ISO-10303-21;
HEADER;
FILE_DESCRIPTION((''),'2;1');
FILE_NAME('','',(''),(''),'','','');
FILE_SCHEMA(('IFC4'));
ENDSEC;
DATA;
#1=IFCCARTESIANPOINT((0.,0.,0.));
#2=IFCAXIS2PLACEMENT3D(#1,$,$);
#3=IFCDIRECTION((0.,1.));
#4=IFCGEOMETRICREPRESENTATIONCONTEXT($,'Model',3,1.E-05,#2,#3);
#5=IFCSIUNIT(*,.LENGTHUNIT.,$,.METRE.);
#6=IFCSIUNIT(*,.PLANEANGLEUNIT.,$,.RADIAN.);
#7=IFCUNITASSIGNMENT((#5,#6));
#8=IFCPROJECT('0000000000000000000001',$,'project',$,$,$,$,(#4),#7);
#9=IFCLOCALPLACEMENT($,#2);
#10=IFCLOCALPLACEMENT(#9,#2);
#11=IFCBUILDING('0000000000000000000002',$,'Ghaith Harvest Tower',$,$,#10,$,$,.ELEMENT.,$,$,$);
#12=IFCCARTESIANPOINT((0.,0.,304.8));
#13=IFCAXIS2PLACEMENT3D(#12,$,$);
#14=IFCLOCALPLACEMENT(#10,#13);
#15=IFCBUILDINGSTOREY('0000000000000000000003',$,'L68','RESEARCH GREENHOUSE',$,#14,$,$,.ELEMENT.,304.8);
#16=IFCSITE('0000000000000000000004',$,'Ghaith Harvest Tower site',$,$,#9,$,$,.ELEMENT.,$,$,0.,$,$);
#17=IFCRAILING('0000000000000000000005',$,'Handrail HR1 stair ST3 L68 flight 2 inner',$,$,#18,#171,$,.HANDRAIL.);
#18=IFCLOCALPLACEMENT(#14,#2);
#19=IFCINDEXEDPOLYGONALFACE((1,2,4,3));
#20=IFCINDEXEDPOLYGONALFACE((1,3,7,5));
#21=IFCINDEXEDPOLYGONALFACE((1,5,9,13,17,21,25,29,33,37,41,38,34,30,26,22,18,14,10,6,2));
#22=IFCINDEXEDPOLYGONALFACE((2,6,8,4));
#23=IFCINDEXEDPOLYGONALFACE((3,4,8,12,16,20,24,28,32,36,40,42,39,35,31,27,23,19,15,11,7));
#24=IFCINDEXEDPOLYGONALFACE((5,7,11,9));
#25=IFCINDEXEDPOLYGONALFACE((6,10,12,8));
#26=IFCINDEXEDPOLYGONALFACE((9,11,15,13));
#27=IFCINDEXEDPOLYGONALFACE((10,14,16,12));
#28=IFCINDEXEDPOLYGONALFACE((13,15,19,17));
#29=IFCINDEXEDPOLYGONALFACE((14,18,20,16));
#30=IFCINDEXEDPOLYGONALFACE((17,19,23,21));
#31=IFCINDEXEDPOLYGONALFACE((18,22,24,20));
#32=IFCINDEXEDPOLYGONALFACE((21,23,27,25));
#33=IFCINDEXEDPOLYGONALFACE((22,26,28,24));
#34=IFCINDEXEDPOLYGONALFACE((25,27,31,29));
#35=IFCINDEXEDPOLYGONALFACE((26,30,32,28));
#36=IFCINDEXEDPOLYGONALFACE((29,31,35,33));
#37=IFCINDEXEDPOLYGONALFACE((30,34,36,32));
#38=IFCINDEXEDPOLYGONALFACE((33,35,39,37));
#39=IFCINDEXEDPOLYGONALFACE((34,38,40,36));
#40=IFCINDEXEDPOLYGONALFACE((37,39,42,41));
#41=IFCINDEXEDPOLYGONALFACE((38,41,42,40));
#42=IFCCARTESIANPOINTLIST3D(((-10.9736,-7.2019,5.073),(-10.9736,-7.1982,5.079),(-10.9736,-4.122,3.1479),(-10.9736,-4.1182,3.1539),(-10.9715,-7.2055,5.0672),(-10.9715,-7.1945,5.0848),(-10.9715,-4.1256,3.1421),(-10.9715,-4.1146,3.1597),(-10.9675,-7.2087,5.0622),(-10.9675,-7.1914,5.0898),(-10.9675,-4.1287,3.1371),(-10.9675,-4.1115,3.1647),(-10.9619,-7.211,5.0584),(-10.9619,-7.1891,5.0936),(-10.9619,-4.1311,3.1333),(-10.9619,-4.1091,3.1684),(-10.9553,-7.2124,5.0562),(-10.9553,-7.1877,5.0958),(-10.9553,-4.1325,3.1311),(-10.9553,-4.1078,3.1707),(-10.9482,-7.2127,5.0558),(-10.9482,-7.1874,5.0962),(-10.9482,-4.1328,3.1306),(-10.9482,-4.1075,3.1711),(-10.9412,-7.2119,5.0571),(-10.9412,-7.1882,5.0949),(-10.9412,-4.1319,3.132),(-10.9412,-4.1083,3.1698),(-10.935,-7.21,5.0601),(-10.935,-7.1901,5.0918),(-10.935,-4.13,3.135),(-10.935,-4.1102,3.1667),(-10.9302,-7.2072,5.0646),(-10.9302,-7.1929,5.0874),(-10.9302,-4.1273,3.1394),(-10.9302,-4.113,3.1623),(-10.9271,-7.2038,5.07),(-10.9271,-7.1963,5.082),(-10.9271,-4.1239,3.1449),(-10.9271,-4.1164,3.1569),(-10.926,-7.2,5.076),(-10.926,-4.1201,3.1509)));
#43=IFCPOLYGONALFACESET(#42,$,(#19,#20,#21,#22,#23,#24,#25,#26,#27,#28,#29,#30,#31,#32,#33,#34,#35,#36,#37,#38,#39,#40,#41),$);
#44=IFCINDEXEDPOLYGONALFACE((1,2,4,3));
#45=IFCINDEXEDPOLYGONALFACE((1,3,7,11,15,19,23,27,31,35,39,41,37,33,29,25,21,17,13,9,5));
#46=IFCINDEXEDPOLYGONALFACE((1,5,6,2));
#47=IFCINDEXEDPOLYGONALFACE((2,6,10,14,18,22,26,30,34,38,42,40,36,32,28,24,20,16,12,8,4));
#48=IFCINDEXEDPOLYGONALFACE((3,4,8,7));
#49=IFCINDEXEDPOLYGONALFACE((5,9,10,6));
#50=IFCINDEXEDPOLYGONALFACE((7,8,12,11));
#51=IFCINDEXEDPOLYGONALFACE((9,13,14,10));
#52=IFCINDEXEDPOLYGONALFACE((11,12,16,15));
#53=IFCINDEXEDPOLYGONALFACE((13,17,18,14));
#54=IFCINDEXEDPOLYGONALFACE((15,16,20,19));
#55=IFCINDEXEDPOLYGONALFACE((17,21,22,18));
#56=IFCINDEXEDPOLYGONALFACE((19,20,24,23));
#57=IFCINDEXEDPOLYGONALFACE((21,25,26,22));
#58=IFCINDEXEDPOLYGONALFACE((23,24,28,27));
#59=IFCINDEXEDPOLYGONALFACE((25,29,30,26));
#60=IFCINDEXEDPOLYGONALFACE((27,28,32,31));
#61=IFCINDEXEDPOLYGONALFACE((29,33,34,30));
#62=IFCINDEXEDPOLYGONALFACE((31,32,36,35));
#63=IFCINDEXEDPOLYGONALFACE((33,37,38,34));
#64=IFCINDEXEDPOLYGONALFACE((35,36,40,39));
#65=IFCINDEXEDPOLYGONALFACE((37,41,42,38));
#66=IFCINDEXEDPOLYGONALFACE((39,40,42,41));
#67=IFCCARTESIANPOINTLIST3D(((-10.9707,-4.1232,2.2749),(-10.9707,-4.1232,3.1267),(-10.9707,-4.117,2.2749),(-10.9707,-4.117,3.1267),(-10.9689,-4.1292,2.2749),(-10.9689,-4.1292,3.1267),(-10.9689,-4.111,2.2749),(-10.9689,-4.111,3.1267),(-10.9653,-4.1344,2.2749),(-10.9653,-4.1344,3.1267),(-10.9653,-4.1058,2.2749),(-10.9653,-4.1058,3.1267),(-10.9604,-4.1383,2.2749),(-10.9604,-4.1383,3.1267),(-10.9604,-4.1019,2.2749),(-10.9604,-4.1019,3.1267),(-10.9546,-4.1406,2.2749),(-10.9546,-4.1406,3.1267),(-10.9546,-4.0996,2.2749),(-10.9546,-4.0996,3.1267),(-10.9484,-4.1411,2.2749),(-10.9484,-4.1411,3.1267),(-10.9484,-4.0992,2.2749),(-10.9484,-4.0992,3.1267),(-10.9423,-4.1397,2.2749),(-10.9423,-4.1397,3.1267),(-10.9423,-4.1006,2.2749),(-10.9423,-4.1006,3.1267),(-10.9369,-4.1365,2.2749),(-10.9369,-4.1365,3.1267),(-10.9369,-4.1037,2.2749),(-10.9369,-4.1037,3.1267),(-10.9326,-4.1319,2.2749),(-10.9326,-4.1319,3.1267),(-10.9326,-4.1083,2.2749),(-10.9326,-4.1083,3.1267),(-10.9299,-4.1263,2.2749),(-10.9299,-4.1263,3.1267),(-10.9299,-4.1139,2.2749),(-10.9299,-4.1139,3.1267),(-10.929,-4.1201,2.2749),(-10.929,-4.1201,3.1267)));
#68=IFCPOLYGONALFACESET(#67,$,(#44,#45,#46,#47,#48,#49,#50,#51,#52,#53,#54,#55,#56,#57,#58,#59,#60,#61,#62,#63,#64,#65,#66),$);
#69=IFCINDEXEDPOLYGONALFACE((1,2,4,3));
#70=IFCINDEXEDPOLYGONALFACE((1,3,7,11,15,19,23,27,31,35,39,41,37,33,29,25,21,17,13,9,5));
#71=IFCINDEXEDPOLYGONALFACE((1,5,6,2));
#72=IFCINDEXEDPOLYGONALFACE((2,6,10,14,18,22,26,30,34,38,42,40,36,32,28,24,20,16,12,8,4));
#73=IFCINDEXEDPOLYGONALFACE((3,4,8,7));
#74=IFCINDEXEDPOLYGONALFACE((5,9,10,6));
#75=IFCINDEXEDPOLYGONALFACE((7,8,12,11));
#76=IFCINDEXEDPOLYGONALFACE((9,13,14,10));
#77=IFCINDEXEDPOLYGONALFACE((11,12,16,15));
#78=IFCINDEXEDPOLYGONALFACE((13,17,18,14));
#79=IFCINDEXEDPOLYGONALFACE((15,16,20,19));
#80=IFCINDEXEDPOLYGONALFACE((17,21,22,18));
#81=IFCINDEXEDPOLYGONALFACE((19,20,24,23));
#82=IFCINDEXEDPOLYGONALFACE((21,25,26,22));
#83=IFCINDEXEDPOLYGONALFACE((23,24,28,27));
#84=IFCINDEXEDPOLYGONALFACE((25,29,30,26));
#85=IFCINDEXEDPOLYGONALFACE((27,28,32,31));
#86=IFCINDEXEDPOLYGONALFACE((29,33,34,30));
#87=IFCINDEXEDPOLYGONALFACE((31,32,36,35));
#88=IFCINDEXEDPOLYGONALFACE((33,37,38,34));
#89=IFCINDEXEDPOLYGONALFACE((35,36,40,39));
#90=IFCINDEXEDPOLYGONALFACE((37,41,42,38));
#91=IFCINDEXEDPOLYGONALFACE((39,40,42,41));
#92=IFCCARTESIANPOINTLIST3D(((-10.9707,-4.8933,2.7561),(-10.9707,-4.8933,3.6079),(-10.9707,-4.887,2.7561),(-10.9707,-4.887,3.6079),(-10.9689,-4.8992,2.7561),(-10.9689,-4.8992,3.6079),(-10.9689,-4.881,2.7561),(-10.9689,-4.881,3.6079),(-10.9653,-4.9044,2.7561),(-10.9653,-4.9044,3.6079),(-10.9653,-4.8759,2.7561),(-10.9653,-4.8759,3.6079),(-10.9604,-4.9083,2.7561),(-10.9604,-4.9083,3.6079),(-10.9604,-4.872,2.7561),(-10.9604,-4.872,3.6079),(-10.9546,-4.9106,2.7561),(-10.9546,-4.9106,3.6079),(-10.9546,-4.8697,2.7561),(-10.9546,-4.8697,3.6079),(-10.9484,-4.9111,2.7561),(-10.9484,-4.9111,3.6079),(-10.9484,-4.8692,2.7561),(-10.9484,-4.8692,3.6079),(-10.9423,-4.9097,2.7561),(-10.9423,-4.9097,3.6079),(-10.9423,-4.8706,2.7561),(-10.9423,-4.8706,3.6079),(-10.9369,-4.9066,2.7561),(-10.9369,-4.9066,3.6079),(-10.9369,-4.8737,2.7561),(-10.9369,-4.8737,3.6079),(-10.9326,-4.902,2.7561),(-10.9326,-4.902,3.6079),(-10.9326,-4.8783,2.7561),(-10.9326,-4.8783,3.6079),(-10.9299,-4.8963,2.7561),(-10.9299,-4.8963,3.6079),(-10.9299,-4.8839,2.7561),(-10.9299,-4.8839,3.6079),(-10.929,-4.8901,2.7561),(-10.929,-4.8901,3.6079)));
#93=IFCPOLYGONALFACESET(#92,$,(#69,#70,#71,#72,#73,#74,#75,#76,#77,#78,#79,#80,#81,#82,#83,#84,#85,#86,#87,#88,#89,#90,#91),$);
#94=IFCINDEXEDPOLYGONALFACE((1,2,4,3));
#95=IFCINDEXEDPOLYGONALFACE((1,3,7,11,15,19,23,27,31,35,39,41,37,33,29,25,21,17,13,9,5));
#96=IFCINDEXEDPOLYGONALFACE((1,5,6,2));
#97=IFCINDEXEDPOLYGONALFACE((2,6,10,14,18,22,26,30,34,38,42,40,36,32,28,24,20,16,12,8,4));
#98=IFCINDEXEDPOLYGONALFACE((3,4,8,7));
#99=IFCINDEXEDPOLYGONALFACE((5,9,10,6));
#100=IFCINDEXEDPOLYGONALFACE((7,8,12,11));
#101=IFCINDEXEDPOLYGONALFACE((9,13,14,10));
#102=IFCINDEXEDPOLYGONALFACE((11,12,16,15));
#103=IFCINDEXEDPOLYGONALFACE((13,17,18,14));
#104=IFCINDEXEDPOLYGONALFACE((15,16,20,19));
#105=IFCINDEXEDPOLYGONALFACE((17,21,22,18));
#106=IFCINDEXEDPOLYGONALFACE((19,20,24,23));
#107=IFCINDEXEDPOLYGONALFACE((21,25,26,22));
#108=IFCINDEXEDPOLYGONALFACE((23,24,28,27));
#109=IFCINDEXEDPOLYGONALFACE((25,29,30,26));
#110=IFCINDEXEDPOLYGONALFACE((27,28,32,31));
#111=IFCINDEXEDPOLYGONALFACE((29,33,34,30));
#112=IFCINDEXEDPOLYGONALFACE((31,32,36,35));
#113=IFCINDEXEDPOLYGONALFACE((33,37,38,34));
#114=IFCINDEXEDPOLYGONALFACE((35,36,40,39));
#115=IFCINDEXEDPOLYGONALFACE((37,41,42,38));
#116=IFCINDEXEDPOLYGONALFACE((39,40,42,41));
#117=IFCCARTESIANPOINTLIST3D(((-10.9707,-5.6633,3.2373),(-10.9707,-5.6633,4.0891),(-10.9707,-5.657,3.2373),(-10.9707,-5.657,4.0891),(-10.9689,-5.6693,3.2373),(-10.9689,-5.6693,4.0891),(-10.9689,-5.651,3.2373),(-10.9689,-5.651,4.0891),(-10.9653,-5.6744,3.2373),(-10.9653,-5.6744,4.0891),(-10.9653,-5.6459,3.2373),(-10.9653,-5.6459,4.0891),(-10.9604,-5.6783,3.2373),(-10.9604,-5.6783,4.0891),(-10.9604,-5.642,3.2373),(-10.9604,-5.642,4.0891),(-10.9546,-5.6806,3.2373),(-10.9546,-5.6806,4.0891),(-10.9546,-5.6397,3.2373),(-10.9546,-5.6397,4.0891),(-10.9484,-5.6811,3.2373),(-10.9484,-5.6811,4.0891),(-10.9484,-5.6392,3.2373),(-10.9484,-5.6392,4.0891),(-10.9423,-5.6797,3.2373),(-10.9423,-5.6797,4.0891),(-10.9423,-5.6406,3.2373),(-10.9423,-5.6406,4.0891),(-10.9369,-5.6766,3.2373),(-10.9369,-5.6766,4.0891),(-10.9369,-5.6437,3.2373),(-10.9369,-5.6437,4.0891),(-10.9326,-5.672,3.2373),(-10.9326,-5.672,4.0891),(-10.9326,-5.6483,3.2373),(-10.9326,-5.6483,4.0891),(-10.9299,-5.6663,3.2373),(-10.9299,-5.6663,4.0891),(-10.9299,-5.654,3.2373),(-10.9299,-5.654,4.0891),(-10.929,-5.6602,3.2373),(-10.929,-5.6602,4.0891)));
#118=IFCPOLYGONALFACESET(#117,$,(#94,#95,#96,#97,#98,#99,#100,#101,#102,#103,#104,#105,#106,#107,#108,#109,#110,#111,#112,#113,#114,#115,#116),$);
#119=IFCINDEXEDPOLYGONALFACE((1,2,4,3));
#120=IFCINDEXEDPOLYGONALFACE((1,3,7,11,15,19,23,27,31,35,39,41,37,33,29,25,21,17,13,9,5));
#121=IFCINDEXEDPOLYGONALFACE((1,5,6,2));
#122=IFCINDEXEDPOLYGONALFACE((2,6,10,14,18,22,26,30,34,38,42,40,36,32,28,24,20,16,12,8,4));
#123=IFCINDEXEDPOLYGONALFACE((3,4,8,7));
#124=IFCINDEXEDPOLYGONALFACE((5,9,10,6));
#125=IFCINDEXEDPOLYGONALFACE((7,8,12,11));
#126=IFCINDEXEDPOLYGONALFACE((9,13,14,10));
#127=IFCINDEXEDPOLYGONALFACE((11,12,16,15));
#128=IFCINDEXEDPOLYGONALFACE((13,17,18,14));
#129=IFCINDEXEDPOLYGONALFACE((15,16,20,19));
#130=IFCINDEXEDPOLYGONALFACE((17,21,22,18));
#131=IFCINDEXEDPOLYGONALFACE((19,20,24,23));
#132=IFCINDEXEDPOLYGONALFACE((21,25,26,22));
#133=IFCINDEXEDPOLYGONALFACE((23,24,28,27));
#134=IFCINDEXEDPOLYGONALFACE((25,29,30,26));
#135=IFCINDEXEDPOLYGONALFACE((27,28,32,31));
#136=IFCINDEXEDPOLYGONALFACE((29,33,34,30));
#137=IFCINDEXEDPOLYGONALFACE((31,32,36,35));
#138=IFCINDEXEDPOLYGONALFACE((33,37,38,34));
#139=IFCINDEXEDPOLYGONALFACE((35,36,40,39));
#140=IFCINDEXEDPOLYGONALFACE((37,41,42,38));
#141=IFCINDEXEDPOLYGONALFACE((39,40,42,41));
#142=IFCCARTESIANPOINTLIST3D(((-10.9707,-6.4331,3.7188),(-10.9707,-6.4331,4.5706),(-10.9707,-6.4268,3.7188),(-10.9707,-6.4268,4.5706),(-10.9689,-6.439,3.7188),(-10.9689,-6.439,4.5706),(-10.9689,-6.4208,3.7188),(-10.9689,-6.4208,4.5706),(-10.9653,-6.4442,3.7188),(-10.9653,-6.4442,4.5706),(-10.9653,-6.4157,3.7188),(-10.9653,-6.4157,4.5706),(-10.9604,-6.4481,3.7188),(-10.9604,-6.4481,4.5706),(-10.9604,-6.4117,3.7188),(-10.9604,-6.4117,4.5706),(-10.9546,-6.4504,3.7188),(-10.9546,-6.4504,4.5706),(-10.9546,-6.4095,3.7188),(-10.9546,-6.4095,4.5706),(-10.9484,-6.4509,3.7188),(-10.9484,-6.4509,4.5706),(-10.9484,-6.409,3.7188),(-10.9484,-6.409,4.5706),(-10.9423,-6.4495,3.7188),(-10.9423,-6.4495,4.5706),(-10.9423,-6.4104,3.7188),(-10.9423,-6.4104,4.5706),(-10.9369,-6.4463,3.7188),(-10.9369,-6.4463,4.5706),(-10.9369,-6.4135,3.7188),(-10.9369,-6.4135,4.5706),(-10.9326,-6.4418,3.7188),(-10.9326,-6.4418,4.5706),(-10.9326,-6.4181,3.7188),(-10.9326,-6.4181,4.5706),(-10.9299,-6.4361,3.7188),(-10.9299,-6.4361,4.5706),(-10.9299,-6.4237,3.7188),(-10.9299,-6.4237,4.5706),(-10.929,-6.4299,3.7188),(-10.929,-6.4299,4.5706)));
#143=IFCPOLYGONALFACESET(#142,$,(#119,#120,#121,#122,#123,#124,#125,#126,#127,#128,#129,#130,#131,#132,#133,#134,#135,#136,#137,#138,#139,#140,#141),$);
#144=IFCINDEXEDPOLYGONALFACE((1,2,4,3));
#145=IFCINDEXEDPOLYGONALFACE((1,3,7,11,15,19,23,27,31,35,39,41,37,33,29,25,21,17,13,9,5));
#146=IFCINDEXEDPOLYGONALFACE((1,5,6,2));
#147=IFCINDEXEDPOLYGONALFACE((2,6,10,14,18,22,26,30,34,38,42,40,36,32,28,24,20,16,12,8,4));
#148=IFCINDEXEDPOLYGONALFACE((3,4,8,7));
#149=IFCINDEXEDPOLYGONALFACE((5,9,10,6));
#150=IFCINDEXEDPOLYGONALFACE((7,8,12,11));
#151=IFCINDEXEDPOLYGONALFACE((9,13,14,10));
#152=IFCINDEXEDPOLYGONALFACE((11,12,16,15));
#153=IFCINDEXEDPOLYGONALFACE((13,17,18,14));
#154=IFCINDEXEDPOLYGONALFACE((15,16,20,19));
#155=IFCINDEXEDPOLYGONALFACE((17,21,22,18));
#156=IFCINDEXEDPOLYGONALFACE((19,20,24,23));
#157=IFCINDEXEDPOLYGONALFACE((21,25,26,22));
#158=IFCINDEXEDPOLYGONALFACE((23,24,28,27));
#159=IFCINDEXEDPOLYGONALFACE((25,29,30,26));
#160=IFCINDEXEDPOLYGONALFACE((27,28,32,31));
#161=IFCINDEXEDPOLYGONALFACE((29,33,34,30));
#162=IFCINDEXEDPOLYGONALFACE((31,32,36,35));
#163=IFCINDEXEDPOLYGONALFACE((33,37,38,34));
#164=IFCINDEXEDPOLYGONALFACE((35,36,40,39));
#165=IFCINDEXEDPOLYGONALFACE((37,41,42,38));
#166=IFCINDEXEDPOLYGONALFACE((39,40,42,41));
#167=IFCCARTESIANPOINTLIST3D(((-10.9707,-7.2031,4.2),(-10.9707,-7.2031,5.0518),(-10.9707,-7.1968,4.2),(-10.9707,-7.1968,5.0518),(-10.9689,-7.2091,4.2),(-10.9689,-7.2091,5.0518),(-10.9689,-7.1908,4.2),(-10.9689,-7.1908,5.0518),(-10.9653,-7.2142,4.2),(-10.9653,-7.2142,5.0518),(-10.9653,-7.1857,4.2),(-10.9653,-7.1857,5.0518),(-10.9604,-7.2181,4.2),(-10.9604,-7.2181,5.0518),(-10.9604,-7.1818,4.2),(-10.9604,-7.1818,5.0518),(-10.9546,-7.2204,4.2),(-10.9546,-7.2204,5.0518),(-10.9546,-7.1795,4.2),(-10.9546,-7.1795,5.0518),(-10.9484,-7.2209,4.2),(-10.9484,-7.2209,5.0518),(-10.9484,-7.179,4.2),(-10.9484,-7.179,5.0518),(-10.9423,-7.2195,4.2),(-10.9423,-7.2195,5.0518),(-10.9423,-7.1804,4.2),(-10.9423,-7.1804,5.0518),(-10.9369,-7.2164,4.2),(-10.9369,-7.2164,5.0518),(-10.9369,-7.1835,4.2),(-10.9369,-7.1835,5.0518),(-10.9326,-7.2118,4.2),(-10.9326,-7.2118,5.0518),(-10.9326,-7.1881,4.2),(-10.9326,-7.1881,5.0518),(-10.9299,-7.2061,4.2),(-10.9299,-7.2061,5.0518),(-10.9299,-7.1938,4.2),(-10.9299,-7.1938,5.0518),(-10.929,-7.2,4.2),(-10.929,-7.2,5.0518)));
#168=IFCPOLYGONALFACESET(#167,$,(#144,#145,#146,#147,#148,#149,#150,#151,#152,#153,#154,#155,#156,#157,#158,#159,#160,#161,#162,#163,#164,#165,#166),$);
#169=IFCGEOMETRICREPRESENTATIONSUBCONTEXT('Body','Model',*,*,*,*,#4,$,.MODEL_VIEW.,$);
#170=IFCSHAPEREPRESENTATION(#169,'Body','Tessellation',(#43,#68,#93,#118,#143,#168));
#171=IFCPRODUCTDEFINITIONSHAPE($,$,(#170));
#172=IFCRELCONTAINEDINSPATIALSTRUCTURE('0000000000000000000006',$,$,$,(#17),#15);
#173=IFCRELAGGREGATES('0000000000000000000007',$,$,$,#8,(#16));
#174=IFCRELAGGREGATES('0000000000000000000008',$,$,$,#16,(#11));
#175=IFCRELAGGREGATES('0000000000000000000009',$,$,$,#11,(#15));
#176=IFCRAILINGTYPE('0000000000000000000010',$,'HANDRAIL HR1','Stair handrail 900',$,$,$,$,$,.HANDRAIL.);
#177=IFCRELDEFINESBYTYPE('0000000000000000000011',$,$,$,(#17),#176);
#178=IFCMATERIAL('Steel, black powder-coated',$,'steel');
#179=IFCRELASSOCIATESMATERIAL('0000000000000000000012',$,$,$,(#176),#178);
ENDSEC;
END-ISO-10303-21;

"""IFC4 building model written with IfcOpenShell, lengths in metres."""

from ifc_helpers import new_model, si_unit, direction, frame, origin, origin_2d, place, context, subcontext, project, spatial, circle, extrude, material, type_object, element, save


model = new_model("IFC4")

# Units and contexts
model_context = context("Model", 3, precision=1e-05, world=origin(), true_north=direction((0.0, 1.0)))
body_context = subcontext(model_context, "Body", "Model", "MODEL_VIEW")
ifc_project = project(units=[si_unit("LENGTHUNIT", "METRE"), si_unit("PLANEANGLEUNIT", "RADIAN")], contexts=[model_context])

# Site, building, storey
site_placement = place(None, origin())
site = spatial("IfcSite", under=ifc_project, at=site_placement, Name="Ghaith Harvest Tower site", CompositionType="ELEMENT", RefElevation=0.0)
building_placement = place(site_placement, origin())
building = spatial("IfcBuilding", under=site, at=building_placement, Name="Ghaith Harvest Tower", CompositionType="ELEMENT")
storey_placement = place(building_placement, frame((0.0, 0.0, 304.8)))
storey = spatial("IfcBuildingStorey", under=building, at=storey_placement, Name="L68", Description="RESEARCH GREENHOUSE", CompositionType="ELEMENT", Elevation=304.8)

# Railing
ifc_material_1 = material(Name="Steel, black powder-coated", Category="steel")
railing_type = type_object("IfcRailingType", Name="HANDRAIL HR1", Description="Stair handrail 900", PredefinedType="HANDRAIL", material=ifc_material_1)
railing_1_placement = place(storey_placement, frame((-10.95, -4.1201, 2.2749)))
element("IfcRailing", 1, at=railing_1_placement, inside=storey, type_object=railing_type, Name="Handrail HR1 stair ST3 L68 flight 2 inner", PredefinedType="HANDRAIL", context=body_context, shape_type="SweptSolid", body=[
    extrude(circle(Radius=0.0239, at=origin_2d()), frame((0.0, 0.0, 0.876), z_axis=(0.0, -0.847979, 0.530029), x_axis=(1.0, 0.0, 0.0)), (0.0, 0.0, 1.0), 3.6321),
    extrude(circle(Radius=0.021, at=origin_2d()), origin(), (0.0, 0.0, 1.0), 0.8518),
    extrude(circle(Radius=0.021, at=origin_2d()), frame((0.0, -0.77, 0.4812)), (0.0, 0.0, 1.0), 0.8518),
    extrude(circle(Radius=0.021, at=origin_2d()), frame((0.0, -1.54, 0.9624)), (0.0, 0.0, 1.0), 0.8518),
    extrude(circle(Radius=0.021, at=origin_2d()), frame((0.0, -2.3098, 1.4438)), (0.0, 0.0, 1.0), 0.8518),
    extrude(circle(Radius=0.021, at=origin_2d()), frame((0.0, -3.0798, 1.925)), (0.0, 0.0, 1.0), 0.8518),
])

save(model, "model.ifc")
